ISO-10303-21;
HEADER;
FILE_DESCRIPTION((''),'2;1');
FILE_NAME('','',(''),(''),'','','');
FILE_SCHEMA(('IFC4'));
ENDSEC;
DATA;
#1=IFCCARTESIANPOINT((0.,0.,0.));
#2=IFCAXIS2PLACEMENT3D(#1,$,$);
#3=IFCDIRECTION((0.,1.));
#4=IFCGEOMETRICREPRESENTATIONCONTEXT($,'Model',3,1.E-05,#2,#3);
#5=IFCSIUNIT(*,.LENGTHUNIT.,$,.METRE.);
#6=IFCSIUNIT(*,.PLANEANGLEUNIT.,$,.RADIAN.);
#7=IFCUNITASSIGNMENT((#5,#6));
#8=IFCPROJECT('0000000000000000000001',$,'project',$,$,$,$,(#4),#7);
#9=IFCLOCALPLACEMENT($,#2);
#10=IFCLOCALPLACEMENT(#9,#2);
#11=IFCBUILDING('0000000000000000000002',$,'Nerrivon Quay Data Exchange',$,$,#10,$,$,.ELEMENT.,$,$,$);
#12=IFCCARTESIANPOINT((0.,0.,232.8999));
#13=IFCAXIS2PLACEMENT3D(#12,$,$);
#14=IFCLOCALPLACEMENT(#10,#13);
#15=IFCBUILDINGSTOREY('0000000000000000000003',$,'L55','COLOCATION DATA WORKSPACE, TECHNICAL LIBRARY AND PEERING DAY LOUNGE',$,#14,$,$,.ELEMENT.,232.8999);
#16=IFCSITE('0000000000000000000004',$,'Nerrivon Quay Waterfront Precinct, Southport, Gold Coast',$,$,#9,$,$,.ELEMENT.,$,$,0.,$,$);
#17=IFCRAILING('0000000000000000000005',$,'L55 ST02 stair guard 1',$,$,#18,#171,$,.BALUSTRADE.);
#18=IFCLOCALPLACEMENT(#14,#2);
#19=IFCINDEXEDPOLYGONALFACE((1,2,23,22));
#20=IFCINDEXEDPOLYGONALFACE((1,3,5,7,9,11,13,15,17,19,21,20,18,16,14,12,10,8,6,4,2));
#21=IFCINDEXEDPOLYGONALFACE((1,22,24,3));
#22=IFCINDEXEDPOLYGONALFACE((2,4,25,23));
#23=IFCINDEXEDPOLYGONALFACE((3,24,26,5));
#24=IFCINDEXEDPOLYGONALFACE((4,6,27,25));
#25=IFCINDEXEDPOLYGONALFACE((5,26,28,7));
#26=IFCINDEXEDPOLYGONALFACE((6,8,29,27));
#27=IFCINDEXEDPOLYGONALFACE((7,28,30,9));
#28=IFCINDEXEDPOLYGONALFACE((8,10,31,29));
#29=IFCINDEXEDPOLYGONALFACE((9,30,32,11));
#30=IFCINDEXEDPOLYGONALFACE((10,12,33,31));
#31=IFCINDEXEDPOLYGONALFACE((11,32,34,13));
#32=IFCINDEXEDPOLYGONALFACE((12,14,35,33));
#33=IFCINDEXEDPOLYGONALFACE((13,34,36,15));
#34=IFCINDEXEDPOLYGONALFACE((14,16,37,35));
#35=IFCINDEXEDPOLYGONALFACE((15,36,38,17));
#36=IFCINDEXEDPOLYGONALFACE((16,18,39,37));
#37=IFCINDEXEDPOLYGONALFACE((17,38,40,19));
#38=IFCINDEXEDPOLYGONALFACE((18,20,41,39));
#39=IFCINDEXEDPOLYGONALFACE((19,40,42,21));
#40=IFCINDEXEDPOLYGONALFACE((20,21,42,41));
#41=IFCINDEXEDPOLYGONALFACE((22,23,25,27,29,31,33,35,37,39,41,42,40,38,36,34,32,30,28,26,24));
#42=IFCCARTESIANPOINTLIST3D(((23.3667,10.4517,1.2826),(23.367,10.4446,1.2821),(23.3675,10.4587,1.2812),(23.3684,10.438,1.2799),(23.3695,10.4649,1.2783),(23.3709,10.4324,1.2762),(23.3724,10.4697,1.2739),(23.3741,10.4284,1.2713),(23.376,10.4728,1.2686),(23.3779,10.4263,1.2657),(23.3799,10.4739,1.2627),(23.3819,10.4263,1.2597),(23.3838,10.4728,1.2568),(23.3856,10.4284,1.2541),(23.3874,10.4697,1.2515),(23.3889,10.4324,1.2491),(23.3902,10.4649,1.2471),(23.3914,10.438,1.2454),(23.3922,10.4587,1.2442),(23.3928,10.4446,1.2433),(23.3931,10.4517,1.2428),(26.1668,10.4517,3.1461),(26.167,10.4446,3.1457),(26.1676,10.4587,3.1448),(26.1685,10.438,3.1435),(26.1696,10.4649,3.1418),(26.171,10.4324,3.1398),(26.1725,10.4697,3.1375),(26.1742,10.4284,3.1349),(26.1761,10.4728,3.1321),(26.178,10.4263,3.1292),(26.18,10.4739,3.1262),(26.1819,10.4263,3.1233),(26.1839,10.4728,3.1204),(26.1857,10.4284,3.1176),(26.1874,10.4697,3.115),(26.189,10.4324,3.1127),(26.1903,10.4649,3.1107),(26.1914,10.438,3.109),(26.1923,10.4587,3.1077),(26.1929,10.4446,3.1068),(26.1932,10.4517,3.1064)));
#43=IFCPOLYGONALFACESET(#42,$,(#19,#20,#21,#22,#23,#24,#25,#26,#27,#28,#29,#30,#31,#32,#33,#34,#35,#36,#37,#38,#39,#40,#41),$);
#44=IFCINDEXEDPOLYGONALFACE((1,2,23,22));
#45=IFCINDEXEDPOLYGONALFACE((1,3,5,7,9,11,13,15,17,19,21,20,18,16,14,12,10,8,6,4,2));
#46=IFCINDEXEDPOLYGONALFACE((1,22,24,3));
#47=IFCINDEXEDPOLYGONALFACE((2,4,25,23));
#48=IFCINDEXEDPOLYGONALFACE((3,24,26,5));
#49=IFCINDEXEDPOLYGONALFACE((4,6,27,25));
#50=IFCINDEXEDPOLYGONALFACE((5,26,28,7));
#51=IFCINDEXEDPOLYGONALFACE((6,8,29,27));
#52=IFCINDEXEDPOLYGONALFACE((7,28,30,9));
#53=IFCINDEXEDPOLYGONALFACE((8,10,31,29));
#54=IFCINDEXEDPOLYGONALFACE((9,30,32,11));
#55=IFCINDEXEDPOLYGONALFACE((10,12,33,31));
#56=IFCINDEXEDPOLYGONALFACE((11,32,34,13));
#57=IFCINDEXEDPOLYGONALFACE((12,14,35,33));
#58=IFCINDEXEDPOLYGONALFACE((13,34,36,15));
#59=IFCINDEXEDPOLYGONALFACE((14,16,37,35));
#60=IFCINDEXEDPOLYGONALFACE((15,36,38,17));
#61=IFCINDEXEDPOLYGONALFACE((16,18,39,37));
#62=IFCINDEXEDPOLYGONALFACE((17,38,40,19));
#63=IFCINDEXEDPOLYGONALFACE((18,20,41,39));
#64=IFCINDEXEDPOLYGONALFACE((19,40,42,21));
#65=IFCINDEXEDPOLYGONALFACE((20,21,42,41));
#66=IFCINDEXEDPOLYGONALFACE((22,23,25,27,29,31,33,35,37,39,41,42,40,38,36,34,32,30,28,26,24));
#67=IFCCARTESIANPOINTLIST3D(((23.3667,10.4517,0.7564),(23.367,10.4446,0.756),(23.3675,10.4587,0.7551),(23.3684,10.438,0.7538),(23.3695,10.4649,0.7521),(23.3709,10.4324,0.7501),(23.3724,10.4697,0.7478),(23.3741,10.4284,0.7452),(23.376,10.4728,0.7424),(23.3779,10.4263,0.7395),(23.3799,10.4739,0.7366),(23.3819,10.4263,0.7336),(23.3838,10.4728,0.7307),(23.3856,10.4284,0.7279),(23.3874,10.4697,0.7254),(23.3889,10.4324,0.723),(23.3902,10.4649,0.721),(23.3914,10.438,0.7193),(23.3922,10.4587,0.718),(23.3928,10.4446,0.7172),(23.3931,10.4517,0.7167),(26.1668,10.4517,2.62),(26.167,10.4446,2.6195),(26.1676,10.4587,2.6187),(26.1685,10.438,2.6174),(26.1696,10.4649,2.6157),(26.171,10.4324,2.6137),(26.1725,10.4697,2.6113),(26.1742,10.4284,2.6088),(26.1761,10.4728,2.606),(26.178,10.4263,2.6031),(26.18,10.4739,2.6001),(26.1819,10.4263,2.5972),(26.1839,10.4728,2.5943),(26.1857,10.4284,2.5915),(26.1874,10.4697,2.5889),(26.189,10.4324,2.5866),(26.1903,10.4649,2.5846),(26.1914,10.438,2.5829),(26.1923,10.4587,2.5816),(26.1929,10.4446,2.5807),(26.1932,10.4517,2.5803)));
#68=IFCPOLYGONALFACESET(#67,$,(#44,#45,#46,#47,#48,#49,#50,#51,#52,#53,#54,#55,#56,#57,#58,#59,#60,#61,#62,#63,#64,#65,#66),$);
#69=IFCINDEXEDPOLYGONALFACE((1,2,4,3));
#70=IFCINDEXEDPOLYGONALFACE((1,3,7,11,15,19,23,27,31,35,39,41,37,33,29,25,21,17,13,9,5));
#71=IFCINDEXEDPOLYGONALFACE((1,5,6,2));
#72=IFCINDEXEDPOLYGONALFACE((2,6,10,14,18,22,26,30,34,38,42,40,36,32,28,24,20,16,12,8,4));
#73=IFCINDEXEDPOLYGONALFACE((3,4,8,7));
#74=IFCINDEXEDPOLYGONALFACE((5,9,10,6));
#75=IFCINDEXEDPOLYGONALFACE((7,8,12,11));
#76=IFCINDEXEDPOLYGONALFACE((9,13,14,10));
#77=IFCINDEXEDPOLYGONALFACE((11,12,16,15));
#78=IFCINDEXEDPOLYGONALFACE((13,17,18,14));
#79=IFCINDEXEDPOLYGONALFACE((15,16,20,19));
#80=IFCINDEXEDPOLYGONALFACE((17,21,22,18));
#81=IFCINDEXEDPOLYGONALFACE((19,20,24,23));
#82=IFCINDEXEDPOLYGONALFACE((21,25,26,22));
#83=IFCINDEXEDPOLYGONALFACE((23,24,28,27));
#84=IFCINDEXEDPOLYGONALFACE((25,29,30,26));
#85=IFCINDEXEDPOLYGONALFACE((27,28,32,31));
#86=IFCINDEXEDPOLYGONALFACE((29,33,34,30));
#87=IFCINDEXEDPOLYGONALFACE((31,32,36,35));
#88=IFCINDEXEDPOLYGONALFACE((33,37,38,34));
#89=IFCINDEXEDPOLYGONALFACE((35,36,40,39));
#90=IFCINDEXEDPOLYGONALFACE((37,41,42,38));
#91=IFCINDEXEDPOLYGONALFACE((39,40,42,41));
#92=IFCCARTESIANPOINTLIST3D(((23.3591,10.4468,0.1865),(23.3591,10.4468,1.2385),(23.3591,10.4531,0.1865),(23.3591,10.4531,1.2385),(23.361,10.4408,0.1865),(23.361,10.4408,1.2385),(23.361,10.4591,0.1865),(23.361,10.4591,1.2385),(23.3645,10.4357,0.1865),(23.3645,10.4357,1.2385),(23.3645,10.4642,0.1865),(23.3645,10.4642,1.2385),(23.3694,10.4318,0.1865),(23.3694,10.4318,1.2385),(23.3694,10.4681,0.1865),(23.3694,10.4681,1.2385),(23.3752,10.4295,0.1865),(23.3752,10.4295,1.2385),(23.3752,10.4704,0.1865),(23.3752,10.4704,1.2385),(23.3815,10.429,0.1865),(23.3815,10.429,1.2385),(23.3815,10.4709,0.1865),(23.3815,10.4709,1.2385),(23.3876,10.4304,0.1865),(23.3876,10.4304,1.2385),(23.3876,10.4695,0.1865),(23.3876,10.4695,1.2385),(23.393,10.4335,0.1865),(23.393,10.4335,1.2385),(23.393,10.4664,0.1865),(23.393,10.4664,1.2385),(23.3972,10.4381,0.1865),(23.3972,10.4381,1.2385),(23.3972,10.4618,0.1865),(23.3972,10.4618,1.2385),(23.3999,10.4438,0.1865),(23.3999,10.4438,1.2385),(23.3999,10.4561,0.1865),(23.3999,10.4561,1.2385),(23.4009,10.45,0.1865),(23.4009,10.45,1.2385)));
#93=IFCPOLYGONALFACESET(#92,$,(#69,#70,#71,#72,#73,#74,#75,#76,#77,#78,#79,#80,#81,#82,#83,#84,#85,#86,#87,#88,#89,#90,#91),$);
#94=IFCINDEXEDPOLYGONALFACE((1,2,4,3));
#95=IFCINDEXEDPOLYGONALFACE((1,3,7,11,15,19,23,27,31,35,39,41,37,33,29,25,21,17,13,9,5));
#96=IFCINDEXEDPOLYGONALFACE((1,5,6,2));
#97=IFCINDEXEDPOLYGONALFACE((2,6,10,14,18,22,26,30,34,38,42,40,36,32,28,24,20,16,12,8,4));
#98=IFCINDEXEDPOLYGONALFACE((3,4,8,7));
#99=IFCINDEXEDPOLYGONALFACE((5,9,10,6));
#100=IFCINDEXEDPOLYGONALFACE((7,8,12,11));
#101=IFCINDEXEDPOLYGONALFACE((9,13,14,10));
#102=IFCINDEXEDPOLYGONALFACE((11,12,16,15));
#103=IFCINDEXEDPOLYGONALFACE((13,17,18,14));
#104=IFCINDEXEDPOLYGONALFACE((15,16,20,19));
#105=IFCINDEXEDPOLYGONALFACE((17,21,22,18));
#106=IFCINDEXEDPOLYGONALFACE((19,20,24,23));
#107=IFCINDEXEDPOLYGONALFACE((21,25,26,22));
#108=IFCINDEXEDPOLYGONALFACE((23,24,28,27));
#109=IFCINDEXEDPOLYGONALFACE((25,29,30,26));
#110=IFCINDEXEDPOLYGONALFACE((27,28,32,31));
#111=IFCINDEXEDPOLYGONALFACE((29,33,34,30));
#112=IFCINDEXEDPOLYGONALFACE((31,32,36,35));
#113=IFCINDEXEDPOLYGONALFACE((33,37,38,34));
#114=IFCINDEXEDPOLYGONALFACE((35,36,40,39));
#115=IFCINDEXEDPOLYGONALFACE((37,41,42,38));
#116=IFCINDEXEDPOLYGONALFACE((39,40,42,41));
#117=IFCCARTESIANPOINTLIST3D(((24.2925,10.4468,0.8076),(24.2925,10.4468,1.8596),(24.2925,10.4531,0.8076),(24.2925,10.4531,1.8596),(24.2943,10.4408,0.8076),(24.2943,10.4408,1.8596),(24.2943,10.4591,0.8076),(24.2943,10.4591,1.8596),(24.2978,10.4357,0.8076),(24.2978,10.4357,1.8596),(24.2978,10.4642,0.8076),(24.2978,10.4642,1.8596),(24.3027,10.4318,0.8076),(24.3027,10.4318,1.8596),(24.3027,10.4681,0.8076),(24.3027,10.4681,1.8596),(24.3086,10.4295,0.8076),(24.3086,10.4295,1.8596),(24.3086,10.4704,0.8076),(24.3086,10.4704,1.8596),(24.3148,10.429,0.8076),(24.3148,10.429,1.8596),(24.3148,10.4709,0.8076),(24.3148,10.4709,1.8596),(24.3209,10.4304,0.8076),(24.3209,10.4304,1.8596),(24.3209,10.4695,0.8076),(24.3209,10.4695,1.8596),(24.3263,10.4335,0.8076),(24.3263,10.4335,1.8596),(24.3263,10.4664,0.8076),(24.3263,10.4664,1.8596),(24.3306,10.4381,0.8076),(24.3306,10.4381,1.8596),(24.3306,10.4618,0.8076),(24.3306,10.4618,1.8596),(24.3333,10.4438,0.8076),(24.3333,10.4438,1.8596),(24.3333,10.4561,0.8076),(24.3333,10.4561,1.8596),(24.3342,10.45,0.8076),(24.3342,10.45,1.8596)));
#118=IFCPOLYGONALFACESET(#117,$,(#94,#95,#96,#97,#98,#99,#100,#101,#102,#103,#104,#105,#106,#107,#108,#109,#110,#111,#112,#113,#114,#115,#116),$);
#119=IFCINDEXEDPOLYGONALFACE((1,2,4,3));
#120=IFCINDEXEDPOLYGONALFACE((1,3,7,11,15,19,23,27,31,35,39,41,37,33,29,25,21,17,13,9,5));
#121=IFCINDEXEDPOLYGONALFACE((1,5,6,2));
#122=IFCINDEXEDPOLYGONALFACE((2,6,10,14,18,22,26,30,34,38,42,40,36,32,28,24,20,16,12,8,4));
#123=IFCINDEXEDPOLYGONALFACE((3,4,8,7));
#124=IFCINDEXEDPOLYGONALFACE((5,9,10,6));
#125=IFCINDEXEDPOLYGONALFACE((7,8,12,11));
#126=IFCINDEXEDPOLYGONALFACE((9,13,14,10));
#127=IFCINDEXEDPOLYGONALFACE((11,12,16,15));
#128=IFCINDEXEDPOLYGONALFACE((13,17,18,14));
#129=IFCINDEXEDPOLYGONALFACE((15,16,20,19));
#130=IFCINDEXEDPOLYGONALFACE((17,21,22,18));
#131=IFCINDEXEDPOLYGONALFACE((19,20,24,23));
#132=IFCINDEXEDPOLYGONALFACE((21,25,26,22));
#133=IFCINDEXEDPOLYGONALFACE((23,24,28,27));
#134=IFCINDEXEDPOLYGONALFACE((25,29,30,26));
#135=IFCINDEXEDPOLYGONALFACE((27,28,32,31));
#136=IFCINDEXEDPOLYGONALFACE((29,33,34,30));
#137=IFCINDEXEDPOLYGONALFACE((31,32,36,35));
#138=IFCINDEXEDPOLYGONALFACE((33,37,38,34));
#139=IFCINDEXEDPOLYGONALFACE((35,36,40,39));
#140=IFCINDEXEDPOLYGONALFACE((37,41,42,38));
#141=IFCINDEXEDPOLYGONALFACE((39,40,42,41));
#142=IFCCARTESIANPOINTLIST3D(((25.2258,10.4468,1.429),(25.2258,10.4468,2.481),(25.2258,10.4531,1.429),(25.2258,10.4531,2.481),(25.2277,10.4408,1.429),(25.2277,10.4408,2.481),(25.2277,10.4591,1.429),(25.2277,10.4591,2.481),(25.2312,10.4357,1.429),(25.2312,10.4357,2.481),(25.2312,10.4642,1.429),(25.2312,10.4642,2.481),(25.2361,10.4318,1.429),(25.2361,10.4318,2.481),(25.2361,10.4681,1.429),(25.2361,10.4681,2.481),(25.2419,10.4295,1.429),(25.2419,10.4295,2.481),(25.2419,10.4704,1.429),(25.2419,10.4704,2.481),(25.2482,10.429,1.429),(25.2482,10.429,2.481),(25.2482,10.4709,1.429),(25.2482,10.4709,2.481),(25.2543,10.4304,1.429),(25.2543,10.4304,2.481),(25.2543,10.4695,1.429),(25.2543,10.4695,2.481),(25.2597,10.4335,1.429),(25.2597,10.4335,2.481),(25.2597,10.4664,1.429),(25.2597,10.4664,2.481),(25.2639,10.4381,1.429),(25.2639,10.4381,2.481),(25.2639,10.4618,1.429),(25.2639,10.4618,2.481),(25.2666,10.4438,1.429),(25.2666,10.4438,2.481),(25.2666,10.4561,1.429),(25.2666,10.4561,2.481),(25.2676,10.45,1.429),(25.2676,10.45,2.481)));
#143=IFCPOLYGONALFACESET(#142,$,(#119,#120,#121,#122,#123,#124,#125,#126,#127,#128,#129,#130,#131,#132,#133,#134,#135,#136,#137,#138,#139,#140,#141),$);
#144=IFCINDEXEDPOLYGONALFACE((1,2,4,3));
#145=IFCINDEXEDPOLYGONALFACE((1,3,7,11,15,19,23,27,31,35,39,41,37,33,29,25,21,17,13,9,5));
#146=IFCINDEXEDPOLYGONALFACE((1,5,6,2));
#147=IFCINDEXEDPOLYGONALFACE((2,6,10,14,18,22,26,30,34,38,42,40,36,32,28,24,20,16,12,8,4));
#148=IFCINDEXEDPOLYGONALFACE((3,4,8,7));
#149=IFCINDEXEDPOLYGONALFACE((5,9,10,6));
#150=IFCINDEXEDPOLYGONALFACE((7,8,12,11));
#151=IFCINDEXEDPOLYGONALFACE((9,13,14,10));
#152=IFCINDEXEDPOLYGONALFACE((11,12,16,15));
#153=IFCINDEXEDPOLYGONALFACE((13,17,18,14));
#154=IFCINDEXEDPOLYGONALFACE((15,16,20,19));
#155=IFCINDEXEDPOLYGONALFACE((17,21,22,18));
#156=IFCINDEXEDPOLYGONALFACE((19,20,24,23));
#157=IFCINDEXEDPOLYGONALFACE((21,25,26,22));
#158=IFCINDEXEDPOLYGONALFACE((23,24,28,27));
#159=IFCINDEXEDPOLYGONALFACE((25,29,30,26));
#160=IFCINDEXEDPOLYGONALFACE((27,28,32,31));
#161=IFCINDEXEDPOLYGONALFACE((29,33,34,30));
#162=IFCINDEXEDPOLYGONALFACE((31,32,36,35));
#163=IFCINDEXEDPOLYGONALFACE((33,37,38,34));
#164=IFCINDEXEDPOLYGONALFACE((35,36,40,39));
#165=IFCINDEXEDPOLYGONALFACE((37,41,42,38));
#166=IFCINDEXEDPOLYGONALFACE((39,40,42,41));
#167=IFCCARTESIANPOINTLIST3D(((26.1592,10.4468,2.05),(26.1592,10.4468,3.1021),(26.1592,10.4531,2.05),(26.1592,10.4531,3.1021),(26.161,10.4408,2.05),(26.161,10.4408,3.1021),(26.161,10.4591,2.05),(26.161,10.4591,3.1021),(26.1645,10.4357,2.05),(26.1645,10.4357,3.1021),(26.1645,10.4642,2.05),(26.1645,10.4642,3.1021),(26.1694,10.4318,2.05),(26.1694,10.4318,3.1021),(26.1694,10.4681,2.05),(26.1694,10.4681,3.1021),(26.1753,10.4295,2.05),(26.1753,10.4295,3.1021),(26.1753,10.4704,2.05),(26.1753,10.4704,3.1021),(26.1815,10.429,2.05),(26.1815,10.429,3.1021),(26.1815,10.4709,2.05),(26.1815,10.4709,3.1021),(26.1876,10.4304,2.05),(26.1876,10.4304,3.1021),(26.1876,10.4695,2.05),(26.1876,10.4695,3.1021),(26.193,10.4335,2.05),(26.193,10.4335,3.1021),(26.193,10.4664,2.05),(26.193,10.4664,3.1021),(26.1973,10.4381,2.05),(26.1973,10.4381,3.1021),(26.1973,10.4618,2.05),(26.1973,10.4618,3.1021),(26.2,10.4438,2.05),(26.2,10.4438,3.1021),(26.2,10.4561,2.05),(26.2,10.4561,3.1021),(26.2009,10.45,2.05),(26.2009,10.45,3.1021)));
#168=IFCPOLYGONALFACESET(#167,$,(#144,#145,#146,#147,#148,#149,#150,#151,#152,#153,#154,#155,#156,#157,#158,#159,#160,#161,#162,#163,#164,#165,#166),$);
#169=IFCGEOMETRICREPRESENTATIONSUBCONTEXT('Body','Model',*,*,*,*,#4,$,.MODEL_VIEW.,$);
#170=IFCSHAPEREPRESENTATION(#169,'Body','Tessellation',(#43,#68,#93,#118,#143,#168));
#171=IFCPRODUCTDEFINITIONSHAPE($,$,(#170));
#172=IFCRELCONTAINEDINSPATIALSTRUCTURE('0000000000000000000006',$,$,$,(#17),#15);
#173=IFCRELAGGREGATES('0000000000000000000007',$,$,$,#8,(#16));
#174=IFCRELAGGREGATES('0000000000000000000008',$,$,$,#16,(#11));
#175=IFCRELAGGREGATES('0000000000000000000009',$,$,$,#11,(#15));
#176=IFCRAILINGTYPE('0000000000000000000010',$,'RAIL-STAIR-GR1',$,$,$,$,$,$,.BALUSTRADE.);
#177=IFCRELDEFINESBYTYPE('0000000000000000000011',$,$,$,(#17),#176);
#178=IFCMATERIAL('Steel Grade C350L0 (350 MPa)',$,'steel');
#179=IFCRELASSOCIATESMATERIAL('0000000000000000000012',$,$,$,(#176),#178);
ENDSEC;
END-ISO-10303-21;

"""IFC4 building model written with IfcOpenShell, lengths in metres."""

from ifc_helpers import new_model, si_unit, direction, frame, origin, origin_2d, place, context, subcontext, project, spatial, circle, extrude, material, type_object, element, save


model = new_model("IFC4")

# Units and contexts
model_context = context("Model", 3, precision=1e-05, world=origin(), true_north=direction((0.0, 1.0)))
body_context = subcontext(model_context, "Body", "Model", "MODEL_VIEW")
ifc_project = project(units=[si_unit("LENGTHUNIT", "METRE"), si_unit("PLANEANGLEUNIT", "RADIAN")], contexts=[model_context])

# Site, building, storey
site_placement = place(None, origin())
site = spatial("IfcSite", under=ifc_project, at=site_placement, Name="Nerrivon Quay Waterfront Precinct, Southport, Gold Coast", CompositionType="ELEMENT", RefElevation=0.0)
building_placement = place(site_placement, origin())
building = spatial("IfcBuilding", under=site, at=building_placement, Name="Nerrivon Quay Data Exchange", CompositionType="ELEMENT")
storey_placement = place(building_placement, frame((0.0, 0.0, 232.8999)))
storey = spatial("IfcBuildingStorey", under=building, at=storey_placement, Name="L55", Description="COLOCATION DATA WORKSPACE, TECHNICAL LIBRARY AND PEERING DAY LOUNGE", CompositionType="ELEMENT", Elevation=232.8999)

# Railing
ifc_material_1 = material(Name="Steel Grade C350L0 (350 MPa)", Category="steel")
railing_type_1 = type_object("IfcRailingType", Name="RAIL-STAIR-GR1", PredefinedType="BALUSTRADE", material=ifc_material_1)
railing_1_placement = place(storey_placement, frame((23.3799, 10.45, 0.1865)))
element("IfcRailing", 1, at=railing_1_placement, inside=storey, type_object=railing_type_1, Name="L55 ST02 stair guard 1", PredefinedType="BALUSTRADE", context=body_context, shape_type="SweptSolid", body=[
    extrude(circle(Radius=0.0239, at=origin_2d()), frame((0.0, 0.0, 1.0762), z_axis=(0.832486, 0.0, 0.554047), x_axis=(0.0, 1.0, 0.0)), (0.0, 0.0, 1.0), 3.3635),
    extrude(circle(Radius=0.0239, at=origin_2d()), frame((0.0, 0.0, 0.55), z_axis=(0.832486, 0.0, 0.554047), x_axis=(0.0, 1.0, 0.0)), (0.0, 0.0, 1.0), 3.3635),
    extrude(circle(Radius=0.021, at=origin_2d()), origin(), (0.0, 0.0, 1.0), 1.052),
    extrude(circle(Radius=0.021, at=origin_2d()), frame((0.9333, 0.0, 0.6211)), (0.0, 0.0, 1.0), 1.052),
    extrude(circle(Radius=0.021, at=origin_2d()), frame((1.8667, 0.0, 1.2424)), (0.0, 0.0, 1.0), 1.052),
    extrude(circle(Radius=0.021, at=origin_2d()), frame((2.8, 0.0, 1.8635)), (0.0, 0.0, 1.0), 1.052),
])

save(model, "model.ifc")
